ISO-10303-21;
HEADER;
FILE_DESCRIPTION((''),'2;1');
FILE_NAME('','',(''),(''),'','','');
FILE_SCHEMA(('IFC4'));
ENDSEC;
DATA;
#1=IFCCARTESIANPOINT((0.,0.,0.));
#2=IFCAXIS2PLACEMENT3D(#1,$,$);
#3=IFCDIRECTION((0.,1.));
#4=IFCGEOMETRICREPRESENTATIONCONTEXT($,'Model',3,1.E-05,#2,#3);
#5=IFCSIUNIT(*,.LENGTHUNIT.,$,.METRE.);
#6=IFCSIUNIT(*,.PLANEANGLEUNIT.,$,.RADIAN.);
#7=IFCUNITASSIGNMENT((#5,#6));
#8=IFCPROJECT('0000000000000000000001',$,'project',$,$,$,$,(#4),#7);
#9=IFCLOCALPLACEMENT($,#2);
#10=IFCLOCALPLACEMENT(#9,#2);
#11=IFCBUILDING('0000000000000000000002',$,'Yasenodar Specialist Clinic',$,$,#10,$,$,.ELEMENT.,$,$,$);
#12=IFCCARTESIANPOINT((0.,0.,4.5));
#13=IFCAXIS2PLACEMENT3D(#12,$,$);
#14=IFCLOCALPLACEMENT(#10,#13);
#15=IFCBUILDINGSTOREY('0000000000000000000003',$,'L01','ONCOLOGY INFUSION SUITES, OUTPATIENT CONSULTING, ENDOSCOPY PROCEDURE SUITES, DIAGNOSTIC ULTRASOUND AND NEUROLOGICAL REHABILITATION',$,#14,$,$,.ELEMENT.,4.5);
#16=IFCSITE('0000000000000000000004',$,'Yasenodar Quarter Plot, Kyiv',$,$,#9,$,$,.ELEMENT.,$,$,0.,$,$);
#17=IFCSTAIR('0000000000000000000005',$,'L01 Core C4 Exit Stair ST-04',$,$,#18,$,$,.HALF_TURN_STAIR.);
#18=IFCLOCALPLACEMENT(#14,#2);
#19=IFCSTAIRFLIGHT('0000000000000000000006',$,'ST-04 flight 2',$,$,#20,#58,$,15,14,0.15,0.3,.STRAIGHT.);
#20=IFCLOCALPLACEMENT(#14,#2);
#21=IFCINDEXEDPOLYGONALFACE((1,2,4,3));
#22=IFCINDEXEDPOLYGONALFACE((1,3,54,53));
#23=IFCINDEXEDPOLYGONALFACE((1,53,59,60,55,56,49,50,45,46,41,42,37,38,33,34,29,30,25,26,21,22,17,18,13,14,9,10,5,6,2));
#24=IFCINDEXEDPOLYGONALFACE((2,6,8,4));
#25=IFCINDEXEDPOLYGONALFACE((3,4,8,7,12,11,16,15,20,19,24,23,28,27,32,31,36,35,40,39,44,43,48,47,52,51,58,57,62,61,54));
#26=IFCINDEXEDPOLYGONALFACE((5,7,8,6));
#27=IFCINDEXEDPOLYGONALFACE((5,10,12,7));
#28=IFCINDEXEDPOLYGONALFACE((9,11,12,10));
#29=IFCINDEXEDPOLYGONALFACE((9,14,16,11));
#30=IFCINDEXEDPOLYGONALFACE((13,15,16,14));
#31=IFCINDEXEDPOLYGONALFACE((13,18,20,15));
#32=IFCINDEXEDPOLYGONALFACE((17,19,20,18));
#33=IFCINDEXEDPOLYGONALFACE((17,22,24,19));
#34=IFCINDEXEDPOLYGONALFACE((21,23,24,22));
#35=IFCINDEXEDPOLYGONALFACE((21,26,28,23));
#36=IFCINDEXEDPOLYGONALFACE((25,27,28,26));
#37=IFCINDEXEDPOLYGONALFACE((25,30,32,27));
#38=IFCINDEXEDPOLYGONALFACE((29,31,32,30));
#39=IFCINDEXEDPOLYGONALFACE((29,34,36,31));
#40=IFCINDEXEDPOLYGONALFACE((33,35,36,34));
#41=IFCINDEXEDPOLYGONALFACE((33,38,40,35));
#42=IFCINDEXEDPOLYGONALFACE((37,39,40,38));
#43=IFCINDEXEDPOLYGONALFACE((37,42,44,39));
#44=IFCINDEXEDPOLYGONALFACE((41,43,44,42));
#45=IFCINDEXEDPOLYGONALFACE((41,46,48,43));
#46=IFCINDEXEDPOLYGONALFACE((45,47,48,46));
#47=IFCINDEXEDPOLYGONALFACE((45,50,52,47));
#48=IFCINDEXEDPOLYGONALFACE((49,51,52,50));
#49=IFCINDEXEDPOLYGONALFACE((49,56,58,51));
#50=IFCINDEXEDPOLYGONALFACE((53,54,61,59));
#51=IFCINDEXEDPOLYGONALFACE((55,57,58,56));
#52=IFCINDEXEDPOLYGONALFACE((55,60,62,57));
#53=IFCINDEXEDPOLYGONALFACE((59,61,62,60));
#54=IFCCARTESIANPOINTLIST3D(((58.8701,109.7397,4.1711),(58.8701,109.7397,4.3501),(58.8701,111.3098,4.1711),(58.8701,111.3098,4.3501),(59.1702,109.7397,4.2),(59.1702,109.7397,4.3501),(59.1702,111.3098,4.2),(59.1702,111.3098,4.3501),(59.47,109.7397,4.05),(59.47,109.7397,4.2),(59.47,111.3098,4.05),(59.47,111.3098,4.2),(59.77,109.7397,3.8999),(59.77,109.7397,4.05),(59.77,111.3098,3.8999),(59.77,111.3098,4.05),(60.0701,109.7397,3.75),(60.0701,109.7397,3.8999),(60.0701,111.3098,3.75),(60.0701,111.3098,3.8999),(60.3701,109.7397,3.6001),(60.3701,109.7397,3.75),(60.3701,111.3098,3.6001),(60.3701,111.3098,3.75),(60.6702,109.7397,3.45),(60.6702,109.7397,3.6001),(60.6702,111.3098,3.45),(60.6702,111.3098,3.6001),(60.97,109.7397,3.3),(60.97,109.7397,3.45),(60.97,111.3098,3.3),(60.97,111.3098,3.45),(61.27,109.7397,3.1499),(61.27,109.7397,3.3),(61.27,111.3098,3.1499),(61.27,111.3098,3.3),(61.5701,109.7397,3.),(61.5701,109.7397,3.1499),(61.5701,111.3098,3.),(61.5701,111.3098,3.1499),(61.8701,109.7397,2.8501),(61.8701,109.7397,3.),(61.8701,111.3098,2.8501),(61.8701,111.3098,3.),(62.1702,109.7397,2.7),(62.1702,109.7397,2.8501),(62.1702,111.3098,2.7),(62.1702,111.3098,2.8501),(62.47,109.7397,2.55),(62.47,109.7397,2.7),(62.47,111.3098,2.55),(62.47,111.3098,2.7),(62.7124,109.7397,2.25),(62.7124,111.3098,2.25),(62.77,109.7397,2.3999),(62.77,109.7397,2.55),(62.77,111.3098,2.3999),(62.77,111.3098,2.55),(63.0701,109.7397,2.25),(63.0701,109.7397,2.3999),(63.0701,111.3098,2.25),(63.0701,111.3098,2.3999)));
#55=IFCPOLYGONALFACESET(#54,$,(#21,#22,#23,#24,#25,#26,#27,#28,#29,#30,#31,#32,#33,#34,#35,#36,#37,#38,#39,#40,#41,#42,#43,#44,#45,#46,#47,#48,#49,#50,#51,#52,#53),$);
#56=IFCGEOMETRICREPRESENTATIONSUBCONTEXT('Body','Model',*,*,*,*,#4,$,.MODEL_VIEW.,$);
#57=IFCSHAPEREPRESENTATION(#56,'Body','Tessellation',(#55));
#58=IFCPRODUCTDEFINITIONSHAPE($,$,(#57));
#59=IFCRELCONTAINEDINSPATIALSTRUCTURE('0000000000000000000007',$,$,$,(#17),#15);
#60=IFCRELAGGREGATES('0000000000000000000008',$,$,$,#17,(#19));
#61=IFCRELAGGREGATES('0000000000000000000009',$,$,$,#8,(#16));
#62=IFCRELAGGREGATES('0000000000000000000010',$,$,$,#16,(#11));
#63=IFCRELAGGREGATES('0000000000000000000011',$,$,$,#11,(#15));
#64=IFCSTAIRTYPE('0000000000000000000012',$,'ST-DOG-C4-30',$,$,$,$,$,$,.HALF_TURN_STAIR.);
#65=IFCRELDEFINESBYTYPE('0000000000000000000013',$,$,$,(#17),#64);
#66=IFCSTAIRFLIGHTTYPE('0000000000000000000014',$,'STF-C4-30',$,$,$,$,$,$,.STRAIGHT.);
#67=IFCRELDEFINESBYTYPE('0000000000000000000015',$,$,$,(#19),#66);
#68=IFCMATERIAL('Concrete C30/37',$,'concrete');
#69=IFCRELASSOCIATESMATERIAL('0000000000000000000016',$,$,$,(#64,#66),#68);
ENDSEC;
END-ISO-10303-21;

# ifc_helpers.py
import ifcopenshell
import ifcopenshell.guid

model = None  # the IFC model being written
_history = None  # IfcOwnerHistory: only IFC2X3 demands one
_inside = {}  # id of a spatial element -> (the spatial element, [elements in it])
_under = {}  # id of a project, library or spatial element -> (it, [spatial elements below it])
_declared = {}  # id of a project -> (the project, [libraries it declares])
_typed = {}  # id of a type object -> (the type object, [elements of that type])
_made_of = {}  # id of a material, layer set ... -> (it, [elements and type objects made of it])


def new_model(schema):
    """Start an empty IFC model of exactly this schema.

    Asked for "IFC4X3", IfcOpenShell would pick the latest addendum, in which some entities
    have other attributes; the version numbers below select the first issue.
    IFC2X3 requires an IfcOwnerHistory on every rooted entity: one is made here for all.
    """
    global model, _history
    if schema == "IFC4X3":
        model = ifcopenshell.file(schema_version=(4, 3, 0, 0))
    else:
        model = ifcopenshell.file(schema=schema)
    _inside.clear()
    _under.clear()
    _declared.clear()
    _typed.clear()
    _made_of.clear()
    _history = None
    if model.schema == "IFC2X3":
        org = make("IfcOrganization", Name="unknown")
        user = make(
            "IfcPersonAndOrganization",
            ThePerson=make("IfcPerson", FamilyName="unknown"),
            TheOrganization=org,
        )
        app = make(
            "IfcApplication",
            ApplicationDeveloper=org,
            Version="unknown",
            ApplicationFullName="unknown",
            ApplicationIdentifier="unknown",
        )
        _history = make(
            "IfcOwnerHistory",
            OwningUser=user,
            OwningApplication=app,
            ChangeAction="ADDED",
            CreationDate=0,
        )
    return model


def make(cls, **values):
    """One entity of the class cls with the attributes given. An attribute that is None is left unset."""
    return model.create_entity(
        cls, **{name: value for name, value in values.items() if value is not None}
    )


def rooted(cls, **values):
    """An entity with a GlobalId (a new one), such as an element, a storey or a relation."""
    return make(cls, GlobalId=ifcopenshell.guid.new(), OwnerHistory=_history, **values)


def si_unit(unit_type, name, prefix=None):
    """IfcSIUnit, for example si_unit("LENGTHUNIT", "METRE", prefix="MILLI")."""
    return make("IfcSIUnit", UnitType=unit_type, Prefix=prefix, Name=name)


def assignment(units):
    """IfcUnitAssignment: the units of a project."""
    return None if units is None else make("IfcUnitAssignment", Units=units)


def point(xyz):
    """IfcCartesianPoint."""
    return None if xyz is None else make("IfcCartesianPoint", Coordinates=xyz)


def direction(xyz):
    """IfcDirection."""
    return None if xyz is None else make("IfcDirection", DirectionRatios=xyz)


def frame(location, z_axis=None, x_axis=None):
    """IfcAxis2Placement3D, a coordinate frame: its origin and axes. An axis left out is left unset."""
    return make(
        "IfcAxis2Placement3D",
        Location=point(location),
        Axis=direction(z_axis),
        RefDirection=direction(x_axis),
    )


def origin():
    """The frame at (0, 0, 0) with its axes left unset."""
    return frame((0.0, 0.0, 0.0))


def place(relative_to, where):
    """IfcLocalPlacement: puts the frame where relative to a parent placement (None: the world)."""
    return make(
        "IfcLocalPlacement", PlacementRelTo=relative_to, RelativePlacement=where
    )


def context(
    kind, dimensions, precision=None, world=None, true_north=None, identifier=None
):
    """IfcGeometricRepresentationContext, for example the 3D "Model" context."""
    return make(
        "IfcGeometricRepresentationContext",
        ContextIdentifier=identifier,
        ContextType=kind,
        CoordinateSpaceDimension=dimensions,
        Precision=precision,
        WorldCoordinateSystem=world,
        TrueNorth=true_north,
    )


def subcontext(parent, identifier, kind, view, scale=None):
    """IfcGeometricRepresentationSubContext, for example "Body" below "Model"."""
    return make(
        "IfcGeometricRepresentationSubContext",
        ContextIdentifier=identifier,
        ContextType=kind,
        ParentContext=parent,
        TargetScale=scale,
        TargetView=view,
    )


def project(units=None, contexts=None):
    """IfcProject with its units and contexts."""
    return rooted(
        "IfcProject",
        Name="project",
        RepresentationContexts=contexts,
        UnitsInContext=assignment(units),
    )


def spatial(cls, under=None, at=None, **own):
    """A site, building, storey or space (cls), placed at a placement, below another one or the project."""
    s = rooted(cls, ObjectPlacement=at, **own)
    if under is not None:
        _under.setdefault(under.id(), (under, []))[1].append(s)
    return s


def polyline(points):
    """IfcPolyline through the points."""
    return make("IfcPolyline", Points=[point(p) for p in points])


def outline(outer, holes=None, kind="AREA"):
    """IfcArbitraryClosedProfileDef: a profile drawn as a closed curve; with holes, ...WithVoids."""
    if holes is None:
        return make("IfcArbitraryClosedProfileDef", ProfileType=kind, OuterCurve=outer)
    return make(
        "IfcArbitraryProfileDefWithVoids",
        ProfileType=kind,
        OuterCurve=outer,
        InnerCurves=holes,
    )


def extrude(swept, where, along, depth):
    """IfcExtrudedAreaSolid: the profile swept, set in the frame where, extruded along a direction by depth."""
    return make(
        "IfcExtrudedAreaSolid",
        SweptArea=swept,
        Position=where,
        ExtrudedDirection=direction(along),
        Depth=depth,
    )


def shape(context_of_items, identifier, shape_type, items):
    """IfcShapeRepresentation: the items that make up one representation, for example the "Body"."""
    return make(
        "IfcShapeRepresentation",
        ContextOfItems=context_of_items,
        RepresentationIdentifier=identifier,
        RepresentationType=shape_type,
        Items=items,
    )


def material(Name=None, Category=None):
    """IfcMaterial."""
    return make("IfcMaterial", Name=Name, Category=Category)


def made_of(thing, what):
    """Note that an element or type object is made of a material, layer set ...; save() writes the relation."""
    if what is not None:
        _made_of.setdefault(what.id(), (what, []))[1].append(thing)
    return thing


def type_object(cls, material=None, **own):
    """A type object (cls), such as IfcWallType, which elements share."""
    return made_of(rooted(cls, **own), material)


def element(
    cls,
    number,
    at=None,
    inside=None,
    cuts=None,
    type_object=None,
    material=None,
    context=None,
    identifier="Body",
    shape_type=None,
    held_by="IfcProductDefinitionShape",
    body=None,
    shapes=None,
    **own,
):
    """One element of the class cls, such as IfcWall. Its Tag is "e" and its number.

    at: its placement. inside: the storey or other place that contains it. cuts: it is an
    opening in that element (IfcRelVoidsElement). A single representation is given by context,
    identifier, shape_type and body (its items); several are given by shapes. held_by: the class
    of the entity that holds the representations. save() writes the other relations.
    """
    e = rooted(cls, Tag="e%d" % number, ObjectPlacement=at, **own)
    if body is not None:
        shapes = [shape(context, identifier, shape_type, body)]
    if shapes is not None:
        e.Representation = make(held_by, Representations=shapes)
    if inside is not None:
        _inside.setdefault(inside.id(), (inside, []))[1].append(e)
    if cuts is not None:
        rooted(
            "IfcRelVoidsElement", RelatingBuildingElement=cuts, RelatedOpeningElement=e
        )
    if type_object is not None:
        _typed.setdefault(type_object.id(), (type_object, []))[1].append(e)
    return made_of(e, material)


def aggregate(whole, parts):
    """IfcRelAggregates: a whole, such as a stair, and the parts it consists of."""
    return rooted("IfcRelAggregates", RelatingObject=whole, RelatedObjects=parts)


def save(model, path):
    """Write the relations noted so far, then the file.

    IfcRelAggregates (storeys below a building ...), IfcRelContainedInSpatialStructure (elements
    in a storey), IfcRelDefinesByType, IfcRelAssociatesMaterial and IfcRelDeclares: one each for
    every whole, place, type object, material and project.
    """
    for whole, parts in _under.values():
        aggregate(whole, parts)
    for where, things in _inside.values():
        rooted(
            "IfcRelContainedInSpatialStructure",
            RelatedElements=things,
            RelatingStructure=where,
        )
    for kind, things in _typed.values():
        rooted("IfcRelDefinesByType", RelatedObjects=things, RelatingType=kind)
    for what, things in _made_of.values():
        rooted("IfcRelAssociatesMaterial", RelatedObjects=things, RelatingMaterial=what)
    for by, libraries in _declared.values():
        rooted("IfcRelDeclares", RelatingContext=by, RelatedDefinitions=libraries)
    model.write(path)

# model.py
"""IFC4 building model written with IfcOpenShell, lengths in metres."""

from ifc_helpers import new_model, si_unit, direction, frame, origin, place, context, subcontext, project, spatial, polyline, outline, extrude, material, type_object, element, aggregate, save


model = new_model("IFC4")

# Units and contexts
model_context = context("Model", 3, precision=1e-05, world=origin(), true_north=direction((0.0, 1.0)))
body_context = subcontext(model_context, "Body", "Model", "MODEL_VIEW")
ifc_project = project(units=[si_unit("LENGTHUNIT", "METRE"), si_unit("PLANEANGLEUNIT", "RADIAN")], contexts=[model_context])

# Site, building, storey
site_placement = place(None, origin())
site = spatial("IfcSite", under=ifc_project, at=site_placement, Name="Yasenodar Quarter Plot, Kyiv", CompositionType="ELEMENT", RefElevation=0.0)
building_placement = place(site_placement, origin())
building = spatial("IfcBuilding", under=site, at=building_placement, Name="Yasenodar Specialist Clinic", CompositionType="ELEMENT")
storey_placement = place(building_placement, frame((0.0, 0.0, 4.5)))
storey = spatial("IfcBuildingStorey", under=building, at=storey_placement, Name="L01", Description="ONCOLOGY INFUSION SUITES, OUTPATIENT CONSULTING, ENDOSCOPY PROCEDURE SUITES, DIAGNOSTIC ULTRASOUND AND NEUROLOGICAL REHABILITATION", CompositionType="ELEMENT", Elevation=4.5)

# Stair, stair flight
ifc_material_1 = material(Name="Concrete C30/37", Category="concrete")
stair_type = type_object("IfcStairType", Name="ST-DOG-C4-30", PredefinedType="HALF_TURN_STAIR", material=ifc_material_1)
stair_placement = place(storey_placement, origin())
stair = element("IfcStair", 1, at=stair_placement, inside=storey, type_object=stair_type, Name="L01 Core C4 Exit Stair ST-04", PredefinedType="HALF_TURN_STAIR")
stair_flight_type = type_object("IfcStairFlightType", Name="STF-C4-30", PredefinedType="STRAIGHT", material=ifc_material_1)
stair_flight_1_placement = place(storey_placement, frame((63.0701, 110.5249, 2.25), z_axis=(0.0, 0.0, 1.0), x_axis=(-1.0, 0.0, 0.0)))
stair_flight_1 = element("IfcStairFlight", 2, at=stair_flight_1_placement, type_object=stair_flight_type, Name="ST-04 flight 2", NumberOfRisers=15, NumberOfTreads=14, PredefinedType="STRAIGHT", RiserHeight=0.15, TreadLength=0.3, context=body_context, shape_type="SweptSolid", body=[
    extrude(outline(polyline([(0.0, 0.0), (0.0, 0.1499), (0.3, 0.1499), (0.3, 0.3), (0.6001, 0.3), (0.6001, 0.45), (0.8999, 0.45), (0.8999, 0.6001), (1.2, 0.6001), (1.2, 0.75), (1.5, 0.75), (1.5, 0.8999), (1.8, 0.8999), (1.8, 1.05), (2.1001, 1.05), (2.1001, 1.2), (2.3999, 1.2), (2.3999, 1.3501), (2.7, 1.3501), (2.7, 1.5), (3.0, 1.5), (3.0, 1.6499), (3.3, 1.6499), (3.3, 1.8), (3.6001, 1.8), (3.6001, 1.95), (3.8999, 1.95), (3.8999, 2.1001), (4.2, 2.1001), (4.2, 2.25), (4.2, 1.9211), (0.3577, 0.0), (0.0, 0.0)])), frame((0.0, 0.7852, 0.0), z_axis=(0.0, -1.0, 0.0), x_axis=(1.0, 0.0, 0.0)), (0.0, 0.0, 1.0), 1.5701),
])
aggregate(stair, [stair_flight_1])

save(model, "model.ifc")
